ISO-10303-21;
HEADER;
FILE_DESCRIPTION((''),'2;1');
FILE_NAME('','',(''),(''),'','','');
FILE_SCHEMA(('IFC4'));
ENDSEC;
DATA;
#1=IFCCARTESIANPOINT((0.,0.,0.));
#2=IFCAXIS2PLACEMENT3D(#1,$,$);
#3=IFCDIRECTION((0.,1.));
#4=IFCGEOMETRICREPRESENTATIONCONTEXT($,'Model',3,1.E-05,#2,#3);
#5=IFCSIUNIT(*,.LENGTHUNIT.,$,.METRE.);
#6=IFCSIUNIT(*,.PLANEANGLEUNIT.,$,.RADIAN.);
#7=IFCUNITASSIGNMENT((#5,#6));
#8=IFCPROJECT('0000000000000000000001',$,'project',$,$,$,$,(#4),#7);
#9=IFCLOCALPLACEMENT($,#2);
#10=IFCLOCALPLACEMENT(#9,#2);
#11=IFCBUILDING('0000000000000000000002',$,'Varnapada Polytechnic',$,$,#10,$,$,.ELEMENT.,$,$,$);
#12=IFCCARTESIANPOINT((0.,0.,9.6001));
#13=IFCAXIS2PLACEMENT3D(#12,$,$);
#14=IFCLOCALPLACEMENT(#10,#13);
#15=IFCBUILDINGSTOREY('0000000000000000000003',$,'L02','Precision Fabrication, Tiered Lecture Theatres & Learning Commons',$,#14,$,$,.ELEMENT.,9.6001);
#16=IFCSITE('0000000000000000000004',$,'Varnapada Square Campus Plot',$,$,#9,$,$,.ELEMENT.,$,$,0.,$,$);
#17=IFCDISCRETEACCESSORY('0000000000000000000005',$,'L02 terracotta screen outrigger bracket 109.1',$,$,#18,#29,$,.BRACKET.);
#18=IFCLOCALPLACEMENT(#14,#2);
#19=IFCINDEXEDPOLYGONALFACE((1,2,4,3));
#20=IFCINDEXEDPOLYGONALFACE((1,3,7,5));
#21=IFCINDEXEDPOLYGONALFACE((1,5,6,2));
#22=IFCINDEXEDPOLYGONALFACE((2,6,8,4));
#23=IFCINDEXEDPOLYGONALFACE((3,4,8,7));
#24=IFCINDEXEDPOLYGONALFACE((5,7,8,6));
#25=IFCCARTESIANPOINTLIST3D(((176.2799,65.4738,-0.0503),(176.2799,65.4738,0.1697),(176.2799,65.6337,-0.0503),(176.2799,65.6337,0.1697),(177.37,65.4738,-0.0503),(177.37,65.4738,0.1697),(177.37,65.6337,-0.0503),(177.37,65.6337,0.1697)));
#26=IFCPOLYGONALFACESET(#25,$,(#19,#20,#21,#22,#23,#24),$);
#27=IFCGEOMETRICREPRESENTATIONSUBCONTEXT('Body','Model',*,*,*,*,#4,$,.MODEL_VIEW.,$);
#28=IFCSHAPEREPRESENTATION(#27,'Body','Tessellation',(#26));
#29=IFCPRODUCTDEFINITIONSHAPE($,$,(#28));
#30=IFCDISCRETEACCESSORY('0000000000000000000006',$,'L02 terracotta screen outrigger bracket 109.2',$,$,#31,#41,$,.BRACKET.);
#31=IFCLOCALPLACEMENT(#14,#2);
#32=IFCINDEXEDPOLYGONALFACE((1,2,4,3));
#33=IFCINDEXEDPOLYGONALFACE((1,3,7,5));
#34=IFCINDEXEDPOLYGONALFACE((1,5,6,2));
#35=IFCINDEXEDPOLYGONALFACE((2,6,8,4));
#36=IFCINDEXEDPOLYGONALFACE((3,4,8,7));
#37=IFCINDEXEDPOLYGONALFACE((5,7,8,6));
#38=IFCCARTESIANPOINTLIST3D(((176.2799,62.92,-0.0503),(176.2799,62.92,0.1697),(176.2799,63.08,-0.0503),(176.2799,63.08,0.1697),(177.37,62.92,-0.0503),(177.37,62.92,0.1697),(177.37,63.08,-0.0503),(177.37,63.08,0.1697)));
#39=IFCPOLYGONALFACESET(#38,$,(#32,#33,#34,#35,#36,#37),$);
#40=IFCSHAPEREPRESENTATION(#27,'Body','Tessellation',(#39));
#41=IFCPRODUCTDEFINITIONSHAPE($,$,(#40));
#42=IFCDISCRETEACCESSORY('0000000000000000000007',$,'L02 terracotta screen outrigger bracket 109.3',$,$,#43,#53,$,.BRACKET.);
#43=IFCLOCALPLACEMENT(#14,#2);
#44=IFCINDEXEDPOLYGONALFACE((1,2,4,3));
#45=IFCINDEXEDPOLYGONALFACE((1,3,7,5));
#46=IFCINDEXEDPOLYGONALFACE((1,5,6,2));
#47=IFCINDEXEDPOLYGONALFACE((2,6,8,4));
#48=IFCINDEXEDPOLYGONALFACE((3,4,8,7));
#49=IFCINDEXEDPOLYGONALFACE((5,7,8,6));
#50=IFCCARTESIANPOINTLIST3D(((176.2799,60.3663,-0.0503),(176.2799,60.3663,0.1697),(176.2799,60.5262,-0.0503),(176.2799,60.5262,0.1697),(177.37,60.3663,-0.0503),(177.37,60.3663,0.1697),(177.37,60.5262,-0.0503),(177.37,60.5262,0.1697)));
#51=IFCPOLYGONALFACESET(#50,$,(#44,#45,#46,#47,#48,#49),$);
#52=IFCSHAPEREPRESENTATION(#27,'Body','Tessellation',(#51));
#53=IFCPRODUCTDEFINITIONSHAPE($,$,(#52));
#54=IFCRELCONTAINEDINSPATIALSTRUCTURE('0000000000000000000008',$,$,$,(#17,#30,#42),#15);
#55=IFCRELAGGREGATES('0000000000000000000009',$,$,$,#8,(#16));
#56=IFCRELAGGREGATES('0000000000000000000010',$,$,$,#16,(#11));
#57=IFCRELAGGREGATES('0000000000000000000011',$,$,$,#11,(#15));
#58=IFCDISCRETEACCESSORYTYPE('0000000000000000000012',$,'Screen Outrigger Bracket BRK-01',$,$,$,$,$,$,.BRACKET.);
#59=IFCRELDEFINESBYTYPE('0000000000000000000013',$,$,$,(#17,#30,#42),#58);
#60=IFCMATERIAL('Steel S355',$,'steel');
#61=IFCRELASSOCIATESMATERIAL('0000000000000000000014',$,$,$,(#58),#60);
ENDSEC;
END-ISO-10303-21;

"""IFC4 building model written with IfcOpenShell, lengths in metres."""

from ifc_helpers import new_model, si_unit, direction, frame, origin, origin_2d, place, context, subcontext, project, spatial, rectangle, extrude, material, type_object, element, save


model = new_model("IFC4")

# Units and contexts
model_context = context("Model", 3, precision=1e-05, world=origin(), true_north=direction((0.0, 1.0)))
body_context = subcontext(model_context, "Body", "Model", "MODEL_VIEW")
ifc_project = project(units=[si_unit("LENGTHUNIT", "METRE"), si_unit("PLANEANGLEUNIT", "RADIAN")], contexts=[model_context])

# Site, building, storey
site_placement = place(None, origin())
site = spatial("IfcSite", under=ifc_project, at=site_placement, Name="Varnapada Square Campus Plot", CompositionType="ELEMENT", RefElevation=0.0)
building_placement = place(site_placement, origin())
building = spatial("IfcBuilding", under=site, at=building_placement, Name="Varnapada Polytechnic", CompositionType="ELEMENT")
storey_placement = place(building_placement, frame((0.0, 0.0, 9.6001)))
storey = spatial("IfcBuildingStorey", under=building, at=storey_placement, Name="L02", Description="Precision Fabrication, Tiered Lecture Theatres & Learning Commons", CompositionType="ELEMENT", Elevation=9.6001)

# Discrete accessories
ifc_material_1 = material(Name="Steel S355", Category="steel")
discrete_accessory_type = type_object("IfcDiscreteAccessoryType", Name="Screen Outrigger Bracket BRK-01", PredefinedType="BRACKET", material=ifc_material_1)
for number, where, z_axis, x_axis, name in (
    (1, (176.825, 65.5537, -0.0503), (0.0, 0.0, 1.0), (0.0, -1.0, 0.0), "L02 terracotta screen outrigger bracket 109.1"),
    (2, (176.825, 63.0, -0.0503), (0.0, 0.0, 1.0), (0.0, -1.0, 0.0), "L02 terracotta screen outrigger bracket 109.2"),
    (3, (176.825, 60.4463, -0.0503), (0.0, 0.0, 1.0), (0.0, -1.0, 0.0), "L02 terracotta screen outrigger bracket 109.3"),
):
    element("IfcDiscreteAccessory", number, at=place(storey_placement, frame(where, z_axis=z_axis, x_axis=x_axis)), inside=storey, type_object=discrete_accessory_type, Name=name, PredefinedType="BRACKET", context=body_context, shape_type="SweptSolid", body=[
        extrude(rectangle(XDim=0.1599, YDim=1.0901, at=origin_2d()), origin(), (0.0, 0.0, 1.0), 0.22),
    ])

save(model, "model.ifc")
